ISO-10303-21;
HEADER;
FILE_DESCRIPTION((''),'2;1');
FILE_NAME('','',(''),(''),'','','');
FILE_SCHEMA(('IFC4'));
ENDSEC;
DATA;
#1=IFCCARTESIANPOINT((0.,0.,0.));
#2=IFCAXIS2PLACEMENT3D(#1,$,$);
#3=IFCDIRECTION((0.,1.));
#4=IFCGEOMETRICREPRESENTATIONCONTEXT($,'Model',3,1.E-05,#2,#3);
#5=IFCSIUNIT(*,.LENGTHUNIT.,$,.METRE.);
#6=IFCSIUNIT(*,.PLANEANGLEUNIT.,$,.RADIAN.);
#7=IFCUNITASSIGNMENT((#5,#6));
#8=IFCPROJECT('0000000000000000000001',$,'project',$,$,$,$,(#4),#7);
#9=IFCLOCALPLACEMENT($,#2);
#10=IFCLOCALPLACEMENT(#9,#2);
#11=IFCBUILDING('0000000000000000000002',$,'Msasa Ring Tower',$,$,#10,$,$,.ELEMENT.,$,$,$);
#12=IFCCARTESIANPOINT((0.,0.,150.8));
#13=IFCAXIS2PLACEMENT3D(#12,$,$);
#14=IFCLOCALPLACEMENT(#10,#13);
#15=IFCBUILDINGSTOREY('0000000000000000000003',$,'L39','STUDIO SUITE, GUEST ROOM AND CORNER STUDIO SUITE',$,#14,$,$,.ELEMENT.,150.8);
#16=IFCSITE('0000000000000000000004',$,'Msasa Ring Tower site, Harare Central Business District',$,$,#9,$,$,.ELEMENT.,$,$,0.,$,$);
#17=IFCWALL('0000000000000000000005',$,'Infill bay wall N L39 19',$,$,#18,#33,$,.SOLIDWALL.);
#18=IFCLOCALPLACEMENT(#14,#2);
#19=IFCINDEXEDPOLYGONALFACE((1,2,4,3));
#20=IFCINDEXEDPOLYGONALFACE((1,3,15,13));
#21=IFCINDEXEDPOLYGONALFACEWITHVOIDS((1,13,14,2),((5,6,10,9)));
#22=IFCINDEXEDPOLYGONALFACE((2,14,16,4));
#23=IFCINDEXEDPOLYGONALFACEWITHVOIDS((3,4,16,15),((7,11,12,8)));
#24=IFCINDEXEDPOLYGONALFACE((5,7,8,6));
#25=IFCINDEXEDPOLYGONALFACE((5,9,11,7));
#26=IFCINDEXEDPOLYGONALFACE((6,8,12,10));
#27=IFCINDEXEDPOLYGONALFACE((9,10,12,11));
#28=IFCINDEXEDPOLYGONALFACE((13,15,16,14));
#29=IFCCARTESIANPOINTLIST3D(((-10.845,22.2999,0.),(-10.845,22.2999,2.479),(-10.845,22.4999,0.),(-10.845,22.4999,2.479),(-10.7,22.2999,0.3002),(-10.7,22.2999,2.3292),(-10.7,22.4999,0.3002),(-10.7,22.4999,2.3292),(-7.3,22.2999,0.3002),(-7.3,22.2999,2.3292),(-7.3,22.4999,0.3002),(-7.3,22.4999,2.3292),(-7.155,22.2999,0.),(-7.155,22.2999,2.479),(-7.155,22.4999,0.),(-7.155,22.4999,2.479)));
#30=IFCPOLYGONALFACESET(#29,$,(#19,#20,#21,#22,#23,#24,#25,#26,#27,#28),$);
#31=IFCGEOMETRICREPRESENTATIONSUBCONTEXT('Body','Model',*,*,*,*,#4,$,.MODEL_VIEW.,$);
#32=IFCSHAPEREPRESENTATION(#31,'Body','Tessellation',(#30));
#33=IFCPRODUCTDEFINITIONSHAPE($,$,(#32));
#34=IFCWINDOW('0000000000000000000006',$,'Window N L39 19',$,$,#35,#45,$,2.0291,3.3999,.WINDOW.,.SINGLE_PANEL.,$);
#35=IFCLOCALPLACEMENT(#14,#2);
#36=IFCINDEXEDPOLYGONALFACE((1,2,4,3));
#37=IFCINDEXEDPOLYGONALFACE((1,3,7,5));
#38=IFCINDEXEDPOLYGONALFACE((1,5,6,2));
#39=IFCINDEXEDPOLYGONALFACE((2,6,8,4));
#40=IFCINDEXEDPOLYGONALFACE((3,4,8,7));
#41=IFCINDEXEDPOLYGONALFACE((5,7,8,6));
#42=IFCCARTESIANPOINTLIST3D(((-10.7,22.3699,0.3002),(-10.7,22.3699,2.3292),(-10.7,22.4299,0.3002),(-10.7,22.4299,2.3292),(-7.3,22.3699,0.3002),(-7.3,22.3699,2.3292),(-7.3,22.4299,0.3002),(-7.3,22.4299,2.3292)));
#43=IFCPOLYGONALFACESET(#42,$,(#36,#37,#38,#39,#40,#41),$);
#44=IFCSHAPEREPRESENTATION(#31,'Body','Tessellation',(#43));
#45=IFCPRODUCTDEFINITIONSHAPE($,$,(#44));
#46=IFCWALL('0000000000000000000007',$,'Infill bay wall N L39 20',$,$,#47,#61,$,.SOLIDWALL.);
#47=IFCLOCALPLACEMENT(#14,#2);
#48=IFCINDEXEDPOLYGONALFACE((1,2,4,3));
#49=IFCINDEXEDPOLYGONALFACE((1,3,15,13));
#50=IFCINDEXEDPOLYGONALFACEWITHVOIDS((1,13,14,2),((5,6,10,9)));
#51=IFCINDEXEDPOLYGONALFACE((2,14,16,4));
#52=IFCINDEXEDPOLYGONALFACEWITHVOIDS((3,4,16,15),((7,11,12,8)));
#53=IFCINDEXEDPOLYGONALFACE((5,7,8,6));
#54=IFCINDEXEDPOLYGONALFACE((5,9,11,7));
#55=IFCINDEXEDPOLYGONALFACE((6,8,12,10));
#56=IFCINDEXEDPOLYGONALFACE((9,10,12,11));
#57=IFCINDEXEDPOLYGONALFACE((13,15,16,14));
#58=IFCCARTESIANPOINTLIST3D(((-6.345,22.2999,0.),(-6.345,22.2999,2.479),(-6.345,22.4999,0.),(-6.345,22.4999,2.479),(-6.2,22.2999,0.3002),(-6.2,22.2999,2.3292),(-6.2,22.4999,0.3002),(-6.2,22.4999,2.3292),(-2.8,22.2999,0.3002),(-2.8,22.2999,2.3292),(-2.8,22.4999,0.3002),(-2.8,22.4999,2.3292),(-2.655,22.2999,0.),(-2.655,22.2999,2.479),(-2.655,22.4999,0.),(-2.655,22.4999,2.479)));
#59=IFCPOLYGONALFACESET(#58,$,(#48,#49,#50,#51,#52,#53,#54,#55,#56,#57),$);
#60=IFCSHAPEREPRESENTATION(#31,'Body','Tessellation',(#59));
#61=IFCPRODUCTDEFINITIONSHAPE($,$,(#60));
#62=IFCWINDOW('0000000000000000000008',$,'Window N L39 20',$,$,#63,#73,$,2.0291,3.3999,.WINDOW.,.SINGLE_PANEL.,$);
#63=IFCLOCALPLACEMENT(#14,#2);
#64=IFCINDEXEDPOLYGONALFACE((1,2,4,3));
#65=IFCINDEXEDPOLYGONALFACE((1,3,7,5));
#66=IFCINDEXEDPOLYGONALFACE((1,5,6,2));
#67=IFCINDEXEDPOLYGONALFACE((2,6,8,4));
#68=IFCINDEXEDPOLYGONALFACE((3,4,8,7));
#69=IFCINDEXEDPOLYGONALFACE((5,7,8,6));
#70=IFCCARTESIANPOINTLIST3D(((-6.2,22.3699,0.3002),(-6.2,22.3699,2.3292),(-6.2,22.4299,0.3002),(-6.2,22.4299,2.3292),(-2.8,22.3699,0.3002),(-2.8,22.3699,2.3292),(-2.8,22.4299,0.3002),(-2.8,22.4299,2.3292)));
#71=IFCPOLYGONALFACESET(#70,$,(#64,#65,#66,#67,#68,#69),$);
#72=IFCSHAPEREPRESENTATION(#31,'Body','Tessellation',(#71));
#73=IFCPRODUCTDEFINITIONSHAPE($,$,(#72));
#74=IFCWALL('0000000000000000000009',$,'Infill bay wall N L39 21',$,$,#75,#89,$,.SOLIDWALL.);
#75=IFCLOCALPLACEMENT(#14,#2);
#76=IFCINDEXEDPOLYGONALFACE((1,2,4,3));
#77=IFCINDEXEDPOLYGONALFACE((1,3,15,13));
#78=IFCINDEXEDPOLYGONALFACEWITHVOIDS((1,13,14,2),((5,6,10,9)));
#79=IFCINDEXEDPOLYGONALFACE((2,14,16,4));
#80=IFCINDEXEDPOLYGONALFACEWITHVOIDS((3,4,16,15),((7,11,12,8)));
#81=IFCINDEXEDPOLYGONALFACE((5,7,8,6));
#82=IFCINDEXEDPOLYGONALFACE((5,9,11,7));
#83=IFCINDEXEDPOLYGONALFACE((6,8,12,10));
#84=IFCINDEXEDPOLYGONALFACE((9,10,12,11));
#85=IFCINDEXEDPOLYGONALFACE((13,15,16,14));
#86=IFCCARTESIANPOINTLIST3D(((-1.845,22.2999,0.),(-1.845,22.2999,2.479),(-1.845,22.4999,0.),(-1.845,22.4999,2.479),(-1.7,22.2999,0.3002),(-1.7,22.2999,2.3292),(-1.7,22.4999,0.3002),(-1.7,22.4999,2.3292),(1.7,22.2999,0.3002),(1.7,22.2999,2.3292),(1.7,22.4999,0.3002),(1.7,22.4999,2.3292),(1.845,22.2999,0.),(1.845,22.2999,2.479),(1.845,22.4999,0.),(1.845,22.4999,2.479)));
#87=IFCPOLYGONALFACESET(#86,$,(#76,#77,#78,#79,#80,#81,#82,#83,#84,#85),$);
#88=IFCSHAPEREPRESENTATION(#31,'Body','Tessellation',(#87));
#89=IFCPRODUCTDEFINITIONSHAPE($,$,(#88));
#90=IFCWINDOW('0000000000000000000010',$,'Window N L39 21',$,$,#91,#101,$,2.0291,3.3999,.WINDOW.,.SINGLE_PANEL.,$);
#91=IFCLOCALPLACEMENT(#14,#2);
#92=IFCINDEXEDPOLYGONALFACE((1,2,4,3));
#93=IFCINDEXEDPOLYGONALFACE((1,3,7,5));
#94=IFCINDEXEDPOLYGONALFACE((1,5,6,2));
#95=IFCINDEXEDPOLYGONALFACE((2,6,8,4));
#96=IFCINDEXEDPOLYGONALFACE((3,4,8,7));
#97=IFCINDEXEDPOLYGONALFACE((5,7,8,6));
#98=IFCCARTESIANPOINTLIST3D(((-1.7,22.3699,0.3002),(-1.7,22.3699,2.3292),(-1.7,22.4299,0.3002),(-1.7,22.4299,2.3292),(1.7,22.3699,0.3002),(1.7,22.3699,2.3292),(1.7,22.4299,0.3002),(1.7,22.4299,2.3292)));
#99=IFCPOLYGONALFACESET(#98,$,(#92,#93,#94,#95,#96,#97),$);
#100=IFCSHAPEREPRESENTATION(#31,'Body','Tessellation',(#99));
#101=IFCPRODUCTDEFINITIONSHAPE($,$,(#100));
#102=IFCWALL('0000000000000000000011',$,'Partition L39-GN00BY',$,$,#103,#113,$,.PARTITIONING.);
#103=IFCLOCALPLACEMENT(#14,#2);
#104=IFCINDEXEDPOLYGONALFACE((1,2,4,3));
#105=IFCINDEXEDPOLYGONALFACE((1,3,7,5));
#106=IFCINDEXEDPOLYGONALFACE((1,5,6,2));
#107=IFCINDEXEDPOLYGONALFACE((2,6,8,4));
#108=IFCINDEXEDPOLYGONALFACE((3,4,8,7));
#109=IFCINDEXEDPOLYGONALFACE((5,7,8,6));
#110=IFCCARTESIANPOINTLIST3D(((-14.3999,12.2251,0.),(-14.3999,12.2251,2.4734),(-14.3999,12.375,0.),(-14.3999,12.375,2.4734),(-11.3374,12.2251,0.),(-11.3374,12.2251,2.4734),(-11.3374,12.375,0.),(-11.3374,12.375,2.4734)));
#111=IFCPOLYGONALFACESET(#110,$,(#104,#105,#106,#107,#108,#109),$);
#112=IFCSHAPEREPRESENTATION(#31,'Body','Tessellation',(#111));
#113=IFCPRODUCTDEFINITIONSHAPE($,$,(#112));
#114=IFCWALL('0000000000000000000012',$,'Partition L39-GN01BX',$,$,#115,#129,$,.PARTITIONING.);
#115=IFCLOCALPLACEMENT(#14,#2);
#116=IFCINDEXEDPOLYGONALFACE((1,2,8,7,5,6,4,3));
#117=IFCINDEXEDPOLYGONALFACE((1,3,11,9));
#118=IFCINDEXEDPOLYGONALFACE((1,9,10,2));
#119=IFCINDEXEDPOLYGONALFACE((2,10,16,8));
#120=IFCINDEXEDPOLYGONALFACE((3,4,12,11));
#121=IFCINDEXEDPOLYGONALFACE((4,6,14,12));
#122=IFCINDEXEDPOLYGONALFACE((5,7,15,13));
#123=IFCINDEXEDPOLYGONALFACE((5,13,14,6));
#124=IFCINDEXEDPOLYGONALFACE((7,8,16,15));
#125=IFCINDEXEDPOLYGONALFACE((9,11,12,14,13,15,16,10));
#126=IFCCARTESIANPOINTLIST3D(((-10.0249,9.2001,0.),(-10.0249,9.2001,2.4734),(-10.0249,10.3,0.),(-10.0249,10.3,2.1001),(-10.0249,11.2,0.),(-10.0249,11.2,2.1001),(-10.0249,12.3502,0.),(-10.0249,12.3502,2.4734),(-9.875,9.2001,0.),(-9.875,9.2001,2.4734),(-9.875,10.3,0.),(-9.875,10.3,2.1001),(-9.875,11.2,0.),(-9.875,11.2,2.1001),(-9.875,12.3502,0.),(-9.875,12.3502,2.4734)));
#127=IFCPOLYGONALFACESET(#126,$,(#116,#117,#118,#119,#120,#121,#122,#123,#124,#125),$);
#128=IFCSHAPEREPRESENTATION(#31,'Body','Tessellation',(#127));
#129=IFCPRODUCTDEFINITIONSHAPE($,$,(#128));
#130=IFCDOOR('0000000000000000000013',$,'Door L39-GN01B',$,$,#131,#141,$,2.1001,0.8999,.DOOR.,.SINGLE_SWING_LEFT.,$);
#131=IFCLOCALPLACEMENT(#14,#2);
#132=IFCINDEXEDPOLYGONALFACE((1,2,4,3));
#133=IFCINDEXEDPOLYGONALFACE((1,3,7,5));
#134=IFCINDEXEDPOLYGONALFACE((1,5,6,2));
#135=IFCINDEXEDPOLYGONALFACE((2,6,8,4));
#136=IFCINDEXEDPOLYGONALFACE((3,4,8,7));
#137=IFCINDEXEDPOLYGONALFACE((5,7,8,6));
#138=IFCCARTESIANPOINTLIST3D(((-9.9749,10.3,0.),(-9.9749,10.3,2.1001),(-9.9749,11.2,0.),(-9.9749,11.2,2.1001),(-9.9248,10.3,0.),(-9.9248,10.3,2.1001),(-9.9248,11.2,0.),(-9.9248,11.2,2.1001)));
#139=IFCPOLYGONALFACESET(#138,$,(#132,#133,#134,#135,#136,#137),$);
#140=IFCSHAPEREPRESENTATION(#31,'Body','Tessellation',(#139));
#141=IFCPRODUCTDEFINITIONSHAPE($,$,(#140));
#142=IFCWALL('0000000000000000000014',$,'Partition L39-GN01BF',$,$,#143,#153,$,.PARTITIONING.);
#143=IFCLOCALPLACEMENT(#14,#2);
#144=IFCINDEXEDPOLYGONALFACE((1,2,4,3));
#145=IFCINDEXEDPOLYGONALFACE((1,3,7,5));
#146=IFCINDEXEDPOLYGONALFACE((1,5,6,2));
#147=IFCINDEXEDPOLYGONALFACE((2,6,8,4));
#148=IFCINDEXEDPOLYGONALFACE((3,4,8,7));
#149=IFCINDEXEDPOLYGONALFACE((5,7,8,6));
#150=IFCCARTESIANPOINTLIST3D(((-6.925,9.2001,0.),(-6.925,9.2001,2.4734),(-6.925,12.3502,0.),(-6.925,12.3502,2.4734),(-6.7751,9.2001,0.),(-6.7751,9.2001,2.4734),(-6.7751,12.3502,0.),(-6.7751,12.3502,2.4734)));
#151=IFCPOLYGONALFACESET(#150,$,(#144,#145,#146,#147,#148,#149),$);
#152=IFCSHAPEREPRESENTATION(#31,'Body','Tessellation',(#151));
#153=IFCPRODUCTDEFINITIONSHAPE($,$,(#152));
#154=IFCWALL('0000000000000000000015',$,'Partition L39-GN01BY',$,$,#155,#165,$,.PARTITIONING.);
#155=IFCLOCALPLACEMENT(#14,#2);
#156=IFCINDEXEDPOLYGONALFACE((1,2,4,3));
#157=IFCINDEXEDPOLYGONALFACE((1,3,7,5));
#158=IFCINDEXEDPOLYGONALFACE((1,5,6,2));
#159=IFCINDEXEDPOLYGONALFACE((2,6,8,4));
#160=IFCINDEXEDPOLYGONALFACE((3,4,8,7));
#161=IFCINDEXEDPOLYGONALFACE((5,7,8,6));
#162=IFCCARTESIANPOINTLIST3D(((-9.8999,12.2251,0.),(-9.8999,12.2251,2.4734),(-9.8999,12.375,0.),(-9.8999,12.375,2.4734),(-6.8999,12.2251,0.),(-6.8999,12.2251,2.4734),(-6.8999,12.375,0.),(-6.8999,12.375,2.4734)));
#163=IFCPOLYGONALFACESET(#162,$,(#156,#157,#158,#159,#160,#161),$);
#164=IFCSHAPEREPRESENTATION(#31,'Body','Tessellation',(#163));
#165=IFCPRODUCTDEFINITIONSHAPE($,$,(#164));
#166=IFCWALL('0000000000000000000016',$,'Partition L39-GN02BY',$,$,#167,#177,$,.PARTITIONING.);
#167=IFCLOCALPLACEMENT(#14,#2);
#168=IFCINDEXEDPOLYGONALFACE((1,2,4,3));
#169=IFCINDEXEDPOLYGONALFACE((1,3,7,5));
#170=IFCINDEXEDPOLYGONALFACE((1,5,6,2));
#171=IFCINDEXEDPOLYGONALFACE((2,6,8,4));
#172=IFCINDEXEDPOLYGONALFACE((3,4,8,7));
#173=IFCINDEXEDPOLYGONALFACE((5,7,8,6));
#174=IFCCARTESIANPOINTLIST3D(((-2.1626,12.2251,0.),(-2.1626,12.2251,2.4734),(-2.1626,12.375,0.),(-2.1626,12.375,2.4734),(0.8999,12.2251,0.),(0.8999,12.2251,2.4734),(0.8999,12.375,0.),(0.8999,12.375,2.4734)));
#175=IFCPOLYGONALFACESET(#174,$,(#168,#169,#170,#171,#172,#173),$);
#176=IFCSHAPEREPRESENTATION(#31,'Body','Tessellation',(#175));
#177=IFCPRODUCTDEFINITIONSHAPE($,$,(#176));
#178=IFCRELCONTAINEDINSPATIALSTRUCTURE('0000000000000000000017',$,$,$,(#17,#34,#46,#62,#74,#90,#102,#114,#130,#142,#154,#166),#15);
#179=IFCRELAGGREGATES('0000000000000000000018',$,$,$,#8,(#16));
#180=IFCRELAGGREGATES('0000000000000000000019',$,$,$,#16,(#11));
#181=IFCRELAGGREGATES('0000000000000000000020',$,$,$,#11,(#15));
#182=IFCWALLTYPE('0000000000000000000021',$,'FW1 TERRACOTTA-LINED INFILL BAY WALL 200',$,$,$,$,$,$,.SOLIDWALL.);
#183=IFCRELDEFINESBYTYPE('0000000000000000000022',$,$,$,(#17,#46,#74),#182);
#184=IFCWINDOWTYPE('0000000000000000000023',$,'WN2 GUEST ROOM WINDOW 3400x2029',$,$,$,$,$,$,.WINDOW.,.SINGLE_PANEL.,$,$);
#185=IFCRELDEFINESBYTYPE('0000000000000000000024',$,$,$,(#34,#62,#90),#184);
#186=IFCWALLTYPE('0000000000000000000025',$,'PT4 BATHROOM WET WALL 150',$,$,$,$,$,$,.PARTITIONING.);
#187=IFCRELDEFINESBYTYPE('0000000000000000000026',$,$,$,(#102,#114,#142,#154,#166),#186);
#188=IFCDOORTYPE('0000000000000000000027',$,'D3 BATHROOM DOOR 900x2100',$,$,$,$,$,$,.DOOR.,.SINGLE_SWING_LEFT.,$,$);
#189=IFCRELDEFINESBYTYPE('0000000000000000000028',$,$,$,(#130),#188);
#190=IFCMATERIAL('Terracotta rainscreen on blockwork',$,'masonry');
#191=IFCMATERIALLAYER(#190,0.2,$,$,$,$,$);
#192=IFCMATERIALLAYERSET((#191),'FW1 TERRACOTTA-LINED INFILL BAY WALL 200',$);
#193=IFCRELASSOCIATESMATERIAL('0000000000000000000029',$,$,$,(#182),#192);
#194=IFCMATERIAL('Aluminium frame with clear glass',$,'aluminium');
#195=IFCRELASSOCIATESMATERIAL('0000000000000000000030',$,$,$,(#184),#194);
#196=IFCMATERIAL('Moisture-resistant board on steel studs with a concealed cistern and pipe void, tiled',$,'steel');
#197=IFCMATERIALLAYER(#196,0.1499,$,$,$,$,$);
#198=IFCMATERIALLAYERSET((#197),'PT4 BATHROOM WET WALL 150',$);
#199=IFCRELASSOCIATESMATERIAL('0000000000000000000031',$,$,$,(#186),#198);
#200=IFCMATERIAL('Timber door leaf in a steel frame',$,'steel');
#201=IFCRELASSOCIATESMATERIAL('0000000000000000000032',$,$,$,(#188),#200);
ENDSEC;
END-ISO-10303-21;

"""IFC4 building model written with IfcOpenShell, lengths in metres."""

from ifc_helpers import new_model, si_unit, direction, frame, frame_2d, origin, place, context, subcontext, project, spatial, rectangle, extrude, material, layer, layer_set, type_object, element, fill, save


model = new_model("IFC4")

# Units and contexts
model_context = context("Model", 3, precision=1e-05, world=origin(), true_north=direction((0.0, 1.0)))
body_context = subcontext(model_context, "Body", "Model", "MODEL_VIEW")
ifc_project = project(units=[si_unit("LENGTHUNIT", "METRE"), si_unit("PLANEANGLEUNIT", "RADIAN")], contexts=[model_context])

# Site, building, storey
site_placement = place(None, origin())
site = spatial("IfcSite", under=ifc_project, at=site_placement, Name="Msasa Ring Tower site, Harare Central Business District", CompositionType="ELEMENT", RefElevation=0.0)
building_placement = place(site_placement, origin())
building = spatial("IfcBuilding", under=site, at=building_placement, Name="Msasa Ring Tower", CompositionType="ELEMENT")
storey_placement = place(building_placement, frame((0.0, 0.0, 150.8)))
storey = spatial("IfcBuildingStorey", under=building, at=storey_placement, Name="L39", Description="STUDIO SUITE, GUEST ROOM AND CORNER STUDIO SUITE", CompositionType="ELEMENT", Elevation=150.8)

# Walls, openings, windows
ifc_material_1 = material(Name="Terracotta rainscreen on blockwork", Category="masonry")
ifc_layer_1 = layer(ifc_material_1, 0.2)
ifc_layer_set_1 = layer_set([ifc_layer_1], Name="FW1 TERRACOTTA-LINED INFILL BAY WALL 200")
wall_type_1 = type_object("IfcWallType", Name="FW1 TERRACOTTA-LINED INFILL BAY WALL 200", PredefinedType="SOLIDWALL", material=ifc_layer_set_1)
ifc_material_2 = material(Name="Aluminium frame with clear glass", Category="aluminium")
window_type = type_object("IfcWindowType", Name="WN2 GUEST ROOM WINDOW 3400x2029", PartitioningType="SINGLE_PANEL", PredefinedType="WINDOW", material=ifc_material_2)
wall_1_placement = place(storey_placement, frame((-10.845, 22.3999, 0.0), z_axis=(0.0, 0.0, 1.0), x_axis=(1.0, 0.0, 0.0)))
wall_1 = element("IfcWall", 1, at=wall_1_placement, inside=storey, type_object=wall_type_1, Name="Infill bay wall N L39 19", PredefinedType="SOLIDWALL", context=body_context, shape_type="SweptSolid", body=[
    extrude(rectangle(XDim=3.6899, YDim=0.2, at=frame_2d((1.845, 0.0))), origin(), (0.0, 0.0, 1.0), 2.479),
])
opening_1_placement = place(wall_1_placement, frame((0.145, 0.0, 0.3)))
opening_1 = element("IfcOpeningElement", 2, at=opening_1_placement, cuts=wall_1, PredefinedType="OPENING", context=body_context, shape_type="SweptSolid", body=[
    extrude(rectangle(XDim=3.3999, YDim=2.0291, at=frame_2d((1.7, 1.0146))), frame((0.0, 0.1099, 0.0), z_axis=(0.0, -1.0, 0.0), x_axis=(1.0, 0.0, 0.0)), (0.0, 0.0, 1.0), 0.22),
])
window_1_placement = place(opening_1_placement, origin())
window_1 = element("IfcWindow", 3, at=window_1_placement, inside=storey, type_object=window_type, Name="Window N L39 19", OverallHeight=2.0291, OverallWidth=3.3999, PartitioningType="SINGLE_PANEL", PredefinedType="WINDOW", context=body_context, shape_type="SweptSolid", body=[
    extrude(rectangle(XDim=3.3999, YDim=2.0291, at=frame_2d((1.7, 1.0146))), frame((0.0, 0.03, 0.0), z_axis=(0.0, -1.0, 0.0), x_axis=(1.0, 0.0, 0.0)), (0.0, 0.0, 1.0), 0.0601),
])
fill(opening_1, window_1)
wall_2_placement = place(storey_placement, frame((-6.345, 22.3999, 0.0), z_axis=(0.0, 0.0, 1.0), x_axis=(1.0, 0.0, 0.0)))
wall_2 = element("IfcWall", 4, at=wall_2_placement, inside=storey, type_object=wall_type_1, Name="Infill bay wall N L39 20", PredefinedType="SOLIDWALL", context=body_context, shape_type="SweptSolid", body=[
    extrude(rectangle(XDim=3.6899, YDim=0.2, at=frame_2d((1.845, 0.0))), origin(), (0.0, 0.0, 1.0), 2.479),
])
opening_2_placement = place(wall_2_placement, frame((0.145, 0.0, 0.3)))
opening_2 = element("IfcOpeningElement", 5, at=opening_2_placement, cuts=wall_2, PredefinedType="OPENING", context=body_context, shape_type="SweptSolid", body=[
    extrude(rectangle(XDim=3.3999, YDim=2.0291, at=frame_2d((1.7, 1.0146))), frame((0.0, 0.1099, 0.0), z_axis=(0.0, -1.0, 0.0), x_axis=(1.0, 0.0, 0.0)), (0.0, 0.0, 1.0), 0.22),
])
window_2_placement = place(opening_2_placement, origin())
window_2 = element("IfcWindow", 6, at=window_2_placement, inside=storey, type_object=window_type, Name="Window N L39 20", OverallHeight=2.0291, OverallWidth=3.3999, PartitioningType="SINGLE_PANEL", PredefinedType="WINDOW", context=body_context, shape_type="SweptSolid", body=[
    extrude(rectangle(XDim=3.3999, YDim=2.0291, at=frame_2d((1.7, 1.0146))), frame((0.0, 0.03, 0.0), z_axis=(0.0, -1.0, 0.0), x_axis=(1.0, 0.0, 0.0)), (0.0, 0.0, 1.0), 0.0601),
])
fill(opening_2, window_2)
wall_3_placement = place(storey_placement, frame((-1.845, 22.3999, 0.0), z_axis=(0.0, 0.0, 1.0), x_axis=(1.0, 0.0, 0.0)))
wall_3 = element("IfcWall", 7, at=wall_3_placement, inside=storey, type_object=wall_type_1, Name="Infill bay wall N L39 21", PredefinedType="SOLIDWALL", context=body_context, shape_type="SweptSolid", body=[
    extrude(rectangle(XDim=3.6899, YDim=0.2, at=frame_2d((1.845, 0.0))), origin(), (0.0, 0.0, 1.0), 2.479),
])
opening_3_placement = place(wall_3_placement, frame((0.145, 0.0, 0.3)))
opening_3 = element("IfcOpeningElement", 8, at=opening_3_placement, cuts=wall_3, PredefinedType="OPENING", context=body_context, shape_type="SweptSolid", body=[
    extrude(rectangle(XDim=3.3999, YDim=2.0291, at=frame_2d((1.7, 1.0146))), frame((0.0, 0.1099, 0.0), z_axis=(0.0, -1.0, 0.0), x_axis=(1.0, 0.0, 0.0)), (0.0, 0.0, 1.0), 0.22),
])
window_3_placement = place(opening_3_placement, origin())
window_3 = element("IfcWindow", 9, at=window_3_placement, inside=storey, type_object=window_type, Name="Window N L39 21", OverallHeight=2.0291, OverallWidth=3.3999, PartitioningType="SINGLE_PANEL", PredefinedType="WINDOW", context=body_context, shape_type="SweptSolid", body=[
    extrude(rectangle(XDim=3.3999, YDim=2.0291, at=frame_2d((1.7, 1.0146))), frame((0.0, 0.03, 0.0), z_axis=(0.0, -1.0, 0.0), x_axis=(1.0, 0.0, 0.0)), (0.0, 0.0, 1.0), 0.0601),
])
fill(opening_3, window_3)

# Wall
ifc_material_3 = material(Name="Moisture-resistant board on steel studs with a concealed cistern and pipe void, tiled", Category="steel")
ifc_layer_2 = layer(ifc_material_3, 0.1499)
ifc_layer_set_2 = layer_set([ifc_layer_2], Name="PT4 BATHROOM WET WALL 150")
wall_type_2 = type_object("IfcWallType", Name="PT4 BATHROOM WET WALL 150", PredefinedType="PARTITIONING", material=ifc_layer_set_2)
wall_4_placement = place(storey_placement, frame((-14.3999, 12.3, 0.0), z_axis=(0.0, 0.0, 1.0), x_axis=(1.0, 0.0, 0.0)))
element("IfcWall", 10, at=wall_4_placement, inside=storey, type_object=wall_type_2, Name="Partition L39-GN00BY", PredefinedType="PARTITIONING", context=body_context, shape_type="SweptSolid", body=[
    extrude(rectangle(XDim=3.0625, YDim=0.1499, at=frame_2d((1.5312, 0.0))), origin(), (0.0, 0.0, 1.0), 2.4734),
])

# Wall, opening, door
wall_5_placement = place(storey_placement, frame((-9.95, 9.2, 0.0), z_axis=(0.0, 0.0, 1.0), x_axis=(0.0, 1.0, 0.0)))
wall_5 = element("IfcWall", 11, at=wall_5_placement, inside=storey, type_object=wall_type_2, Name="Partition L39-GN01BX", PredefinedType="PARTITIONING", context=body_context, shape_type="SweptSolid", body=[
    extrude(rectangle(XDim=3.1501, YDim=0.1499, at=frame_2d((1.5752, 0.0))), origin(), (0.0, 0.0, 1.0), 2.4734),
])
opening_4_placement = place(wall_5_placement, frame((1.1001, 0.0, 0.0)))
opening_4 = element("IfcOpeningElement", 12, at=opening_4_placement, cuts=wall_5, PredefinedType="OPENING", context=body_context, shape_type="SweptSolid", body=[
    extrude(rectangle(XDim=0.8999, YDim=2.1001, at=frame_2d((0.45, 1.05))), frame((0.0, 0.085, 0.0), z_axis=(0.0, -1.0, 0.0), x_axis=(1.0, 0.0, 0.0)), (0.0, 0.0, 1.0), 0.1699),
])
ifc_material_4 = material(Name="Timber door leaf in a steel frame", Category="steel")
door_type = type_object("IfcDoorType", Name="D3 BATHROOM DOOR 900x2100", OperationType="SINGLE_SWING_LEFT", PredefinedType="DOOR", material=ifc_material_4)
door_placement = place(opening_4_placement, origin())
door = element("IfcDoor", 13, at=door_placement, inside=storey, type_object=door_type, Name="Door L39-GN01B", OperationType="SINGLE_SWING_LEFT", OverallHeight=2.1001, OverallWidth=0.8999, PredefinedType="DOOR", context=body_context, shape_type="SweptSolid", body=[
    extrude(rectangle(XDim=0.8999, YDim=2.1001, at=frame_2d((0.45, 1.05))), frame((0.0, 0.0249, 0.0), z_axis=(0.0, -1.0, 0.0), x_axis=(1.0, 0.0, 0.0)), (0.0, 0.0, 1.0), 0.05),
])
fill(opening_4, door)

# Walls
wall_6_placement = place(storey_placement, frame((-6.8501, 9.2, 0.0), z_axis=(0.0, 0.0, 1.0), x_axis=(0.0, 1.0, 0.0)))
element("IfcWall", 14, at=wall_6_placement, inside=storey, type_object=wall_type_2, Name="Partition L39-GN01BF", PredefinedType="PARTITIONING", context=body_context, shape_type="SweptSolid", body=[
    extrude(rectangle(XDim=3.1501, YDim=0.1499, at=frame_2d((1.5752, 0.0))), origin(), (0.0, 0.0, 1.0), 2.4734),
])
wall_7_placement = place(storey_placement, frame((-9.8999, 12.3, 0.0), z_axis=(0.0, 0.0, 1.0), x_axis=(1.0, 0.0, 0.0)))
element("IfcWall", 15, at=wall_7_placement, inside=storey, type_object=wall_type_2, Name="Partition L39-GN01BY", PredefinedType="PARTITIONING", context=body_context, shape_type="SweptSolid", body=[
    extrude(rectangle(XDim=3.0, YDim=0.1499, at=frame_2d((1.5, 0.0))), origin(), (0.0, 0.0, 1.0), 2.4734),
])
wall_8_placement = place(storey_placement, frame((-2.1626, 12.3, 0.0), z_axis=(0.0, 0.0, 1.0), x_axis=(1.0, 0.0, 0.0)))
element("IfcWall", 16, at=wall_8_placement, inside=storey, type_object=wall_type_2, Name="Partition L39-GN02BY", PredefinedType="PARTITIONING", context=body_context, shape_type="SweptSolid", body=[
    extrude(rectangle(XDim=3.0625, YDim=0.1499, at=frame_2d((1.5312, 0.0))), origin(), (0.0, 0.0, 1.0), 2.4734),
])

save(model, "model.ifc")
